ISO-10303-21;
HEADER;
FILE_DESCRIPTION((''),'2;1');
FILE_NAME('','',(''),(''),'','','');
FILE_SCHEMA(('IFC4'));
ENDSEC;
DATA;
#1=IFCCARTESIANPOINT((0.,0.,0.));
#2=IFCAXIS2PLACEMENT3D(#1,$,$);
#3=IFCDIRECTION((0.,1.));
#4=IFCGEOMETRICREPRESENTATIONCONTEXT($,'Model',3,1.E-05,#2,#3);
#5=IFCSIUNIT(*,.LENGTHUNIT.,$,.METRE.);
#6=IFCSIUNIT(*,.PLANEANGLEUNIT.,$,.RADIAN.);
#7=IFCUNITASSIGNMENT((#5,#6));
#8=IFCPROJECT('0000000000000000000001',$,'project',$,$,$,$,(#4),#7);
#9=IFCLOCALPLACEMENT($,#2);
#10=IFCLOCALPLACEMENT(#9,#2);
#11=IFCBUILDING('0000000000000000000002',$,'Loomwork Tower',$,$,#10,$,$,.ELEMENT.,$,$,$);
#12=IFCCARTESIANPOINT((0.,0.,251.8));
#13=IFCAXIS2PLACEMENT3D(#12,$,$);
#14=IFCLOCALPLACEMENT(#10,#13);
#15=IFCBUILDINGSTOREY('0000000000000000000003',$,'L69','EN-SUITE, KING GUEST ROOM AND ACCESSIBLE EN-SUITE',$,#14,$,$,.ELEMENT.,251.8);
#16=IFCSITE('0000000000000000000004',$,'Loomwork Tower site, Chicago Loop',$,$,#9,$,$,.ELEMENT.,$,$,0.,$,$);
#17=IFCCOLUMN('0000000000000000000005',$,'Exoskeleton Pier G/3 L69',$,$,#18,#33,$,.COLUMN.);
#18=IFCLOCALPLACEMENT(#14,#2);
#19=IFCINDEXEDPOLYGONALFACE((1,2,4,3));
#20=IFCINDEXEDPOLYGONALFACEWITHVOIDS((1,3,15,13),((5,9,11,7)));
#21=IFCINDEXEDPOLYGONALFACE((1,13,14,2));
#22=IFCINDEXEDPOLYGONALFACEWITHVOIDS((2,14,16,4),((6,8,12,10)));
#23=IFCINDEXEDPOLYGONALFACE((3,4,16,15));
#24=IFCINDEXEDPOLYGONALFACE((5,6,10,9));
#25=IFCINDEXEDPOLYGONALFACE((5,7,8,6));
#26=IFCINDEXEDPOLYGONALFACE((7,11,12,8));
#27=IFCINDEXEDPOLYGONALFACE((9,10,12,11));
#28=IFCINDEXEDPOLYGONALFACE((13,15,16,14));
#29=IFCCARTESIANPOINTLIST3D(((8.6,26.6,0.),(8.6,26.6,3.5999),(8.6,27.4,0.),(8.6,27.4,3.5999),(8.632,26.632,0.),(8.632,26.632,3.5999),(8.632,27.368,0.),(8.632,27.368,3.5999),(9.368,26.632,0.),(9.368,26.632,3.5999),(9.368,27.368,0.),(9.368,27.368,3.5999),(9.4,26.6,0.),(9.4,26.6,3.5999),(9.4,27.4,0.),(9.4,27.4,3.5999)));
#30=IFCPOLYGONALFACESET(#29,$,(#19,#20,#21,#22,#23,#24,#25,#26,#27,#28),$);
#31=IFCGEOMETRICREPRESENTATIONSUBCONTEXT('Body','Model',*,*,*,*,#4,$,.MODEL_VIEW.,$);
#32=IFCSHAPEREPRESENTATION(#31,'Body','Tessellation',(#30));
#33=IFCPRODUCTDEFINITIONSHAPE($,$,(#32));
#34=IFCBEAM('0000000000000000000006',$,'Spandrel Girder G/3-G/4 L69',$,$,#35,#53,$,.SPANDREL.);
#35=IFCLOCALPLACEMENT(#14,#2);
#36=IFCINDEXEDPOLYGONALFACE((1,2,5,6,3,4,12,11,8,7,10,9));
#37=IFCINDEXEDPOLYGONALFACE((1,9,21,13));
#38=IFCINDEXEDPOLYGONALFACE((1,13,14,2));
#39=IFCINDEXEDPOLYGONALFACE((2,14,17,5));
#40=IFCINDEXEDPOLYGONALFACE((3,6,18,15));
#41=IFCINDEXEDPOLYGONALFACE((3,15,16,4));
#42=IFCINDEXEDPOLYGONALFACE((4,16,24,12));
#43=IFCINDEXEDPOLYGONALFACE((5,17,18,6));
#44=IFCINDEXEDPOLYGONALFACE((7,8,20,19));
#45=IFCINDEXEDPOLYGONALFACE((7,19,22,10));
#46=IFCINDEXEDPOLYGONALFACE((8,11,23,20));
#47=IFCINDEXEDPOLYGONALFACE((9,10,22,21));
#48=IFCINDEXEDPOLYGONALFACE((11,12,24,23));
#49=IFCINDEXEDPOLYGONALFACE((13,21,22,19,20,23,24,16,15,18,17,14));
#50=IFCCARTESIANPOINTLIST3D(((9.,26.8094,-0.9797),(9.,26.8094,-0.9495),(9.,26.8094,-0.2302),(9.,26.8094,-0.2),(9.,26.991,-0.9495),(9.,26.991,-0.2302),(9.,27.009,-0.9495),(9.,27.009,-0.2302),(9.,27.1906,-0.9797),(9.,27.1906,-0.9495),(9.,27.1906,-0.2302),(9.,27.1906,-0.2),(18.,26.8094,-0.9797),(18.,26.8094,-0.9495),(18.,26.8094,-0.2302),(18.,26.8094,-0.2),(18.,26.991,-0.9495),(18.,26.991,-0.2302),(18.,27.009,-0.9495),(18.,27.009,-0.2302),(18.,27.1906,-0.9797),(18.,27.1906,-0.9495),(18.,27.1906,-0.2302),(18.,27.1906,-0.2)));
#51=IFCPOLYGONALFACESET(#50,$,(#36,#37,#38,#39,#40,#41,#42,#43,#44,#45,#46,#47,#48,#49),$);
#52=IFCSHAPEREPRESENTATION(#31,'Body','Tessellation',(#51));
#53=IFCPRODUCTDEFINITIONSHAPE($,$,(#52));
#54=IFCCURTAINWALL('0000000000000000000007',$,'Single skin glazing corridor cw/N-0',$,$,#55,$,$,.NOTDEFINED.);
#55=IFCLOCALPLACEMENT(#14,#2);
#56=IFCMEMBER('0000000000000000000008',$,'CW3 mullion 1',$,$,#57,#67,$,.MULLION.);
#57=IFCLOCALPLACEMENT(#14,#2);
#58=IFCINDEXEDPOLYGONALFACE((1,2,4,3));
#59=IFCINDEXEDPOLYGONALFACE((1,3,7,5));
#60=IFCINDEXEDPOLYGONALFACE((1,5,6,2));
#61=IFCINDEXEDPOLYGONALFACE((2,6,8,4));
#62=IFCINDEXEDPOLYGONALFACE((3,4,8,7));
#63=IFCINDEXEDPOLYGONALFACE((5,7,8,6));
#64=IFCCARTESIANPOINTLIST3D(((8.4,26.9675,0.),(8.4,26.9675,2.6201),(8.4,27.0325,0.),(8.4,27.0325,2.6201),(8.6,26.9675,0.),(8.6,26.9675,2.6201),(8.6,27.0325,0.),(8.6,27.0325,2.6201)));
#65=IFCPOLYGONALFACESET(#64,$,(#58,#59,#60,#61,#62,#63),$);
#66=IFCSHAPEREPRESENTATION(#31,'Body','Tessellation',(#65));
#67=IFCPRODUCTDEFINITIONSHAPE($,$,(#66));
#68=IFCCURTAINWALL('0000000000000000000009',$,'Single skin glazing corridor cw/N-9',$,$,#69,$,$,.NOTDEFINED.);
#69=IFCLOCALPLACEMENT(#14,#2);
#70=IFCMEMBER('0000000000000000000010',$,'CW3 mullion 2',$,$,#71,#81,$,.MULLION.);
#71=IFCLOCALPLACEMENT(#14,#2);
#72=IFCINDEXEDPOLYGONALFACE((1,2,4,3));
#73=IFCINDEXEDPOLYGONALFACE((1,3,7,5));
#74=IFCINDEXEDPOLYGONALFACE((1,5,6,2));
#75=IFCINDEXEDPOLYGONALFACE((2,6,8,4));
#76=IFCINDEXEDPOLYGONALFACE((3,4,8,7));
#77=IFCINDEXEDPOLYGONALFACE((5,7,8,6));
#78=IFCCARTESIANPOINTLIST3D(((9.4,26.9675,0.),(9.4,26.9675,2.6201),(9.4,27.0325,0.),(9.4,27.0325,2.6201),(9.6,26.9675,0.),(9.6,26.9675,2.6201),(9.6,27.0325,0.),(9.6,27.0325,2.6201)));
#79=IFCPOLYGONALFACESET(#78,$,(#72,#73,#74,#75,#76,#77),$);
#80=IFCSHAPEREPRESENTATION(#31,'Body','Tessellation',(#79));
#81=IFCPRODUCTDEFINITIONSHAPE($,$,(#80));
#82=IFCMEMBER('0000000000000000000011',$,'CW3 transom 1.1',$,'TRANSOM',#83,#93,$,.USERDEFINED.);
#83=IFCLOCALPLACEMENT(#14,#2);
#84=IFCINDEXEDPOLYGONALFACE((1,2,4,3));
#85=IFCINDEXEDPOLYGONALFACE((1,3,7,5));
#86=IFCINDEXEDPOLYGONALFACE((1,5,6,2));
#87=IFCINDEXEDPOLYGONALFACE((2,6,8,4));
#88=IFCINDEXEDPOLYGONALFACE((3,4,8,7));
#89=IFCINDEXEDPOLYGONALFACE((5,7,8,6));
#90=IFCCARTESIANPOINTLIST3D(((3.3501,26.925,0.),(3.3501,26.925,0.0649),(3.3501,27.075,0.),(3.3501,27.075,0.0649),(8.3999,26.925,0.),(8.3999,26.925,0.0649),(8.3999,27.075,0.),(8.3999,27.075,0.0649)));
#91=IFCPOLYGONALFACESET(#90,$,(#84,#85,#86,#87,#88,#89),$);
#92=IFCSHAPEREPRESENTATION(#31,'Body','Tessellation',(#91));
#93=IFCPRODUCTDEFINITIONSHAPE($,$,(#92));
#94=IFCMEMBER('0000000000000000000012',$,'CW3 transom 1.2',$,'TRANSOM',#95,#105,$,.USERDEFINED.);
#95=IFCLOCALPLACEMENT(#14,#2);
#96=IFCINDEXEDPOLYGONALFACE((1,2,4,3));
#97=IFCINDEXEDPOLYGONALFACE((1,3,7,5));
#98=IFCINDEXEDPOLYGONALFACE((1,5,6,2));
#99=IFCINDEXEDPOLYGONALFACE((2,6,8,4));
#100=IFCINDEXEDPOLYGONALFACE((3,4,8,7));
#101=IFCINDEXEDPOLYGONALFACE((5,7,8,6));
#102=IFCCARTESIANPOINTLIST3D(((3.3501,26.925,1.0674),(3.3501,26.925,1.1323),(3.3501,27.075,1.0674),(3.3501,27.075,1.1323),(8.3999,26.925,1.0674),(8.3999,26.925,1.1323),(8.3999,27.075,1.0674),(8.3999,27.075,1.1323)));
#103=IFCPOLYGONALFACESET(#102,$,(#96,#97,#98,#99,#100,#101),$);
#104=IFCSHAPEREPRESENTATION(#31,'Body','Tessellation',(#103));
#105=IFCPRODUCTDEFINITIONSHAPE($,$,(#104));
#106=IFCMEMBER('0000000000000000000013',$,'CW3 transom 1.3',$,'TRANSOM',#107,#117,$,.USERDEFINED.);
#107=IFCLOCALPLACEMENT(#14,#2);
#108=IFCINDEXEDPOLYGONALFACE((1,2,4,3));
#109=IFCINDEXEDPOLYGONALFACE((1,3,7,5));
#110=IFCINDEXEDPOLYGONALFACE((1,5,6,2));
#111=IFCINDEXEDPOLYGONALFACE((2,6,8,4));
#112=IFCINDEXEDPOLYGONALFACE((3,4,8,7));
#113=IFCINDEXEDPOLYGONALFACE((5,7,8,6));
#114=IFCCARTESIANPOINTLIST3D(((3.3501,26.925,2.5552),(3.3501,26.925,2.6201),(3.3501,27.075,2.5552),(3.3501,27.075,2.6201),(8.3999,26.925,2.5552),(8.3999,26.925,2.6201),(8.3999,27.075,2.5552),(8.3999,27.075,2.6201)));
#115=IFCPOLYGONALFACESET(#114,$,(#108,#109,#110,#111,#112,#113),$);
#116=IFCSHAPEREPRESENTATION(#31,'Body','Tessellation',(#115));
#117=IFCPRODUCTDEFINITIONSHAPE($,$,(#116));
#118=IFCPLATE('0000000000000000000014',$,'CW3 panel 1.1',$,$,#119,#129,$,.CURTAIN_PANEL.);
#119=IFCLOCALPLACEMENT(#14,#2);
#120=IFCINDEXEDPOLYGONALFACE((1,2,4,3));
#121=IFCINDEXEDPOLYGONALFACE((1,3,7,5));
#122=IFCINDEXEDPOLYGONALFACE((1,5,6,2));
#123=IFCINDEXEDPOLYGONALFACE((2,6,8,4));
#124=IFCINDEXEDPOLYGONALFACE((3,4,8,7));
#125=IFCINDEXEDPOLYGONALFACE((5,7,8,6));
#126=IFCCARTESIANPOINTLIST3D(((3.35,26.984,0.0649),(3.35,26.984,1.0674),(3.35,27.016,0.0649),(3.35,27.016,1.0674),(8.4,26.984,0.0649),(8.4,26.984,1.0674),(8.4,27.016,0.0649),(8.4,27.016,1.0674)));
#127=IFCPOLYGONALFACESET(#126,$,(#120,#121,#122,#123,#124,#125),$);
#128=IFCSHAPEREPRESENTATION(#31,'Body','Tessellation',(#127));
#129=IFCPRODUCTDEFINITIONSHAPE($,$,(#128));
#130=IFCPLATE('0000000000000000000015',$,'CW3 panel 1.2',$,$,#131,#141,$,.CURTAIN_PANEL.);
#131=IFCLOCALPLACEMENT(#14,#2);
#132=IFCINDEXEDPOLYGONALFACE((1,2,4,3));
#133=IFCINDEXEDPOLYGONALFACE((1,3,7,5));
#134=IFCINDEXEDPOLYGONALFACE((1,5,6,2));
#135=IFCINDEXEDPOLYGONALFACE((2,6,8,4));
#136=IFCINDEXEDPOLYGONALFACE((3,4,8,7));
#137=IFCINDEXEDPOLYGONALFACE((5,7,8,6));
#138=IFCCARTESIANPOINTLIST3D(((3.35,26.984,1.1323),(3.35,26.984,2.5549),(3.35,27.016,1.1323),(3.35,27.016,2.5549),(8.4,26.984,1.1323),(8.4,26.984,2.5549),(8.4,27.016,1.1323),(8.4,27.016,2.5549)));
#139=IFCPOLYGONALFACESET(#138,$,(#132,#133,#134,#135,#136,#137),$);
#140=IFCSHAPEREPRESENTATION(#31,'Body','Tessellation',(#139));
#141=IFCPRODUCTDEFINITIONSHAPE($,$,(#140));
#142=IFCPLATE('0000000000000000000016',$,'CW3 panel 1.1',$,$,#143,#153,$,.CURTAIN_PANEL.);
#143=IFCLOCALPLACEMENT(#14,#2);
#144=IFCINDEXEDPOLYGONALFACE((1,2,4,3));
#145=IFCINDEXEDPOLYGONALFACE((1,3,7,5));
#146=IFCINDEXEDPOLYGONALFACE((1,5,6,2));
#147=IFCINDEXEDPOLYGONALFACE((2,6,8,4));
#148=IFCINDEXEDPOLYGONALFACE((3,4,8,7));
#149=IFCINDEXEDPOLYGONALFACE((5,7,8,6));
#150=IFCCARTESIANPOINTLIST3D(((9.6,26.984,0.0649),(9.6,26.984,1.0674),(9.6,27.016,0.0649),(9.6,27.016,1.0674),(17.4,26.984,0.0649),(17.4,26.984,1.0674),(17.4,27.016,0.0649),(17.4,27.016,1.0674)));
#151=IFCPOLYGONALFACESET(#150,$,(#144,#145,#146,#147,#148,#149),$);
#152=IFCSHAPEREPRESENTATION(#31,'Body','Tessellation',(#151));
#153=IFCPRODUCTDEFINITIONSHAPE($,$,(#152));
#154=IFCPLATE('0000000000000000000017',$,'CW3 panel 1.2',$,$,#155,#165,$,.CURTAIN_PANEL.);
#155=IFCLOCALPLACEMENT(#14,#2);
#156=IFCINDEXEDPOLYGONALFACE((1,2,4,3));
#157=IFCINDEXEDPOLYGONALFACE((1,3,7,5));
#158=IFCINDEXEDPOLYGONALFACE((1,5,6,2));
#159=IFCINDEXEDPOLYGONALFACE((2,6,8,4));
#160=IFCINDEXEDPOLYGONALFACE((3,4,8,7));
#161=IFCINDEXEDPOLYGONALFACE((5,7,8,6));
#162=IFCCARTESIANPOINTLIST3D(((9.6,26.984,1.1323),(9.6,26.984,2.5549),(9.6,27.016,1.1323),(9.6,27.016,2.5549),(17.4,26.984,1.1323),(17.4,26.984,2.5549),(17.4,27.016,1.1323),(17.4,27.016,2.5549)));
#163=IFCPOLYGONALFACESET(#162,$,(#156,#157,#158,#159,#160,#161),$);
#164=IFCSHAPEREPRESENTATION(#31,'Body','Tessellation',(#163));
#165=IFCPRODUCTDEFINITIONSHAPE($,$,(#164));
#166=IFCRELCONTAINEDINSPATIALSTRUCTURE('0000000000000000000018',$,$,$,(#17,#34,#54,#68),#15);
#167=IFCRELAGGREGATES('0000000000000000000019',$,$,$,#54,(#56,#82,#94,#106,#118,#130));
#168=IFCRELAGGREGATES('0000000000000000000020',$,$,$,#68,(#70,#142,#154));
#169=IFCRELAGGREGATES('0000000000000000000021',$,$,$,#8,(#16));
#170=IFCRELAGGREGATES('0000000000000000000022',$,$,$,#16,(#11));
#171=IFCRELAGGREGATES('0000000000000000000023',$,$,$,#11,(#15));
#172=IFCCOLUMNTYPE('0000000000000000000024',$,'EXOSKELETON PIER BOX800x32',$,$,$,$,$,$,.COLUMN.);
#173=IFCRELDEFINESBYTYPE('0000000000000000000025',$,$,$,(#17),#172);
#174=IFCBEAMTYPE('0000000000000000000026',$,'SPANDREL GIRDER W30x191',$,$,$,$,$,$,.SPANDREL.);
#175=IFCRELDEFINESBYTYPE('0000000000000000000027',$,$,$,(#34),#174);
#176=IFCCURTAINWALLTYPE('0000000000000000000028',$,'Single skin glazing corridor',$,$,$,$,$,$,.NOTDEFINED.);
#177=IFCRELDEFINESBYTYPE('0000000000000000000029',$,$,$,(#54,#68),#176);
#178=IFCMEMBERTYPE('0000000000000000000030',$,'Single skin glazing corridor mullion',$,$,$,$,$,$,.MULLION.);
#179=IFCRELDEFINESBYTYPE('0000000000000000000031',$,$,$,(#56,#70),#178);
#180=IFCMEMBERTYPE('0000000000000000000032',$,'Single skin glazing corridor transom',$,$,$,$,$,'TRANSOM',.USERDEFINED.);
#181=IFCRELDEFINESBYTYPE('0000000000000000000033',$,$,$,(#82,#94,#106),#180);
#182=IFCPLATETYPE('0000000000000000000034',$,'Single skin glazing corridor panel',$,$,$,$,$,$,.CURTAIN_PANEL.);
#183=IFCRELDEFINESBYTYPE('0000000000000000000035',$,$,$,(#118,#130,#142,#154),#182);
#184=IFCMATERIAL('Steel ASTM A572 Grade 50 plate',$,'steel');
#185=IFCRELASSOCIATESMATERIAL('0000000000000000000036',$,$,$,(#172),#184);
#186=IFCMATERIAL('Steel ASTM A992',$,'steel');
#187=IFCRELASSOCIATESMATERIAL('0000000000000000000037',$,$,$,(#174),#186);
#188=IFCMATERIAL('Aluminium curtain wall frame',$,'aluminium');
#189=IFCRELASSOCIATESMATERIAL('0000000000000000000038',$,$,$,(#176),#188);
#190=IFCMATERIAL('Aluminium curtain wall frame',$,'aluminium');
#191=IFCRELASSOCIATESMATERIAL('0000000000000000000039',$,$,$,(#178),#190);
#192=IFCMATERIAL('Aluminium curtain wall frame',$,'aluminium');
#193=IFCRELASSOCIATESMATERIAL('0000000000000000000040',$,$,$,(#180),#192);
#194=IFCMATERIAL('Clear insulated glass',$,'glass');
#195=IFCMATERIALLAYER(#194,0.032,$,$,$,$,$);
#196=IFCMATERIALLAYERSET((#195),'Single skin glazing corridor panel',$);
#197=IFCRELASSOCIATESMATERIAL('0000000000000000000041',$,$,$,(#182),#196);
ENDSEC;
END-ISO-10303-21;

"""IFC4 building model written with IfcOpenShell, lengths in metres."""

from ifc_helpers import new_model, si_unit, direction, frame, origin, origin_2d, place, context, subcontext, project, spatial, rectangle, hollow_rectangle, i_section, extrude, material, layer, layer_set, material_profile, profile_set, type_object, element, aggregate, save


model = new_model("IFC4")

# Units and contexts
model_context = context("Model", 3, precision=1e-05, world=origin(), true_north=direction((0.0, 1.0)))
body_context = subcontext(model_context, "Body", "Model", "MODEL_VIEW")
ifc_project = project(units=[si_unit("LENGTHUNIT", "METRE"), si_unit("PLANEANGLEUNIT", "RADIAN")], contexts=[model_context])

# Site, building, storey
site_placement = place(None, origin())
site = spatial("IfcSite", under=ifc_project, at=site_placement, Name="Loomwork Tower site, Chicago Loop", CompositionType="ELEMENT", RefElevation=0.0)
building_placement = place(site_placement, origin())
building = spatial("IfcBuilding", under=site, at=building_placement, Name="Loomwork Tower", CompositionType="ELEMENT")
storey_placement = place(building_placement, frame((0.0, 0.0, 251.8)))
storey = spatial("IfcBuildingStorey", under=building, at=storey_placement, Name="L69", Description="EN-SUITE, KING GUEST ROOM AND ACCESSIBLE EN-SUITE", CompositionType="ELEMENT", Elevation=251.8)

# Column
ifc_material_1 = material(Name="Steel ASTM A572 Grade 50 plate", Category="steel")
ifc_material_profile_1 = material_profile(ifc_material_1, hollow_rectangle(XDim=0.8, YDim=0.8, WallThickness=0.032, at=origin_2d()), Name="BOX800x32")
ifc_profile_set_1 = profile_set([ifc_material_profile_1], Name="Steel ASTM A572 Grade 50 plate")
column_type = type_object("IfcColumnType", Name="EXOSKELETON PIER BOX800x32", PredefinedType="COLUMN", material=ifc_profile_set_1)
column_placement = place(storey_placement, frame((9.0, 27.0, 0.0), z_axis=(0.0, 0.0, 1.0), x_axis=(1.0, 0.0, 0.0)))
element("IfcColumn", 1, at=column_placement, inside=storey, type_object=column_type, Name="Exoskeleton Pier G/3 L69", PredefinedType="COLUMN", context=body_context, shape_type="SweptSolid", body=[
    extrude(hollow_rectangle(XDim=0.8, YDim=0.8, WallThickness=0.032, at=origin_2d()), origin(), (0.0, 0.0, 1.0), 3.5999),
])

# Beam
ifc_material_2 = material(Name="Steel ASTM A992", Category="steel")
ifc_material_profile_2 = material_profile(ifc_material_2, i_section(OverallWidth=0.3811, OverallDepth=0.7798, WebThickness=0.0181, FlangeThickness=0.0303, at=origin_2d()), Name="W30x191")
ifc_profile_set_2 = profile_set([ifc_material_profile_2], Name="Steel ASTM A992")
beam_type = type_object("IfcBeamType", Name="SPANDREL GIRDER W30x191", PredefinedType="SPANDREL", material=ifc_profile_set_2)
beam_placement = place(storey_placement, frame((9.0, 27.0, -0.5898), z_axis=(1.0, 0.0, 0.0), x_axis=(0.0, 1.0, 0.0)))
element("IfcBeam", 2, at=beam_placement, inside=storey, type_object=beam_type, Name="Spandrel Girder G/3-G/4 L69", PredefinedType="SPANDREL", context=body_context, shape_type="SweptSolid", body=[
    extrude(i_section(OverallWidth=0.3811, OverallDepth=0.7798, WebThickness=0.0181, FlangeThickness=0.0303, at=origin_2d()), origin(), (0.0, 0.0, 1.0), 9.0),
])

# Curtain walls, members
ifc_material_3 = material(Name="Aluminium curtain wall frame", Category="aluminium")
curtain_wall_type = type_object("IfcCurtainWallType", Name="Single skin glazing corridor", PredefinedType="NOTDEFINED", material=ifc_material_3)
curtain_wall_1_placement = place(storey_placement, origin())
curtain_wall_1 = element("IfcCurtainWall", 3, at=curtain_wall_1_placement, inside=storey, type_object=curtain_wall_type, Name="Single skin glazing corridor cw/N-0", PredefinedType="NOTDEFINED")
ifc_material_4 = material(Name="Aluminium curtain wall frame", Category="aluminium")
ifc_material_profile_3 = material_profile(ifc_material_4, rectangle(XDim=0.0649, YDim=0.2, at=origin_2d()), Name="AL 65x200")
ifc_profile_set_3 = profile_set([ifc_material_profile_3], Name="Aluminium curtain wall frame")
member_type_1 = type_object("IfcMemberType", Name="Single skin glazing corridor mullion", PredefinedType="MULLION", material=ifc_profile_set_3)
member_1_placement = place(storey_placement, frame((8.5, 27.0, 0.0), z_axis=(0.0, 0.0, 1.0), x_axis=(0.0, -1.0, 0.0)))
member_1 = element("IfcMember", 4, at=member_1_placement, type_object=member_type_1, Name="CW3 mullion 1", PredefinedType="MULLION", context=body_context, shape_type="SweptSolid", body=[
    extrude(rectangle(XDim=0.0649, YDim=0.2, at=origin_2d()), origin(), (0.0, 0.0, 1.0), 2.6201),
])
curtain_wall_2_placement = place(storey_placement, origin())
curtain_wall_2 = element("IfcCurtainWall", 5, at=curtain_wall_2_placement, inside=storey, type_object=curtain_wall_type, Name="Single skin glazing corridor cw/N-9", PredefinedType="NOTDEFINED")
member_2_placement = place(storey_placement, frame((9.5, 27.0, 0.0), z_axis=(0.0, 0.0, 1.0), x_axis=(0.0, -1.0, 0.0)))
member_2 = element("IfcMember", 6, at=member_2_placement, type_object=member_type_1, Name="CW3 mullion 2", PredefinedType="MULLION", context=body_context, shape_type="SweptSolid", body=[
    extrude(rectangle(XDim=0.0649, YDim=0.2, at=origin_2d()), origin(), (0.0, 0.0, 1.0), 2.6201),
])

# Members
ifc_material_5 = material(Name="Aluminium curtain wall frame", Category="aluminium")
ifc_material_profile_4 = material_profile(ifc_material_5, rectangle(XDim=0.1499, YDim=0.0649, at=origin_2d()), Name="AL 65x150")
ifc_profile_set_4 = profile_set([ifc_material_profile_4], Name="Aluminium curtain wall frame")
member_type_2 = type_object("IfcMemberType", Name="Single skin glazing corridor transom", ElementType="TRANSOM", PredefinedType="USERDEFINED", material=ifc_profile_set_4)
member_3_placement = place(storey_placement, frame((8.3999, 27.0, 0.0325), z_axis=(-1.0, 0.0, 0.0), x_axis=(0.0, -1.0, 0.0)))
member_3 = element("IfcMember", 7, at=member_3_placement, type_object=member_type_2, Name="CW3 transom 1.1", ObjectType="TRANSOM", PredefinedType="USERDEFINED", context=body_context, shape_type="SweptSolid", body=[
    extrude(rectangle(XDim=0.1499, YDim=0.0649, at=origin_2d()), origin(), (0.0, 0.0, 1.0), 5.0498),
])
member_4_placement = place(storey_placement, frame((8.3999, 27.0, 1.0999), z_axis=(-1.0, 0.0, 0.0), x_axis=(0.0, -1.0, 0.0)))
member_4 = element("IfcMember", 8, at=member_4_placement, type_object=member_type_2, Name="CW3 transom 1.2", ObjectType="TRANSOM", PredefinedType="USERDEFINED", context=body_context, shape_type="SweptSolid", body=[
    extrude(rectangle(XDim=0.1499, YDim=0.0649, at=origin_2d()), origin(), (0.0, 0.0, 1.0), 5.0498),
])
member_5_placement = place(storey_placement, frame((8.3999, 27.0, 2.5876), z_axis=(-1.0, 0.0, 0.0), x_axis=(0.0, -1.0, 0.0)))
member_5 = element("IfcMember", 9, at=member_5_placement, type_object=member_type_2, Name="CW3 transom 1.3", ObjectType="TRANSOM", PredefinedType="USERDEFINED", context=body_context, shape_type="SweptSolid", body=[
    extrude(rectangle(XDim=0.1499, YDim=0.0649, at=origin_2d()), origin(), (0.0, 0.0, 1.0), 5.0498),
])

# Plates
ifc_material_6 = material(Name="Clear insulated glass", Category="glass")
ifc_layer_1 = layer(ifc_material_6, 0.032)
ifc_layer_set_1 = layer_set([ifc_layer_1], Name="Single skin glazing corridor panel")
plate_type = type_object("IfcPlateType", Name="Single skin glazing corridor panel", PredefinedType="CURTAIN_PANEL", material=ifc_layer_set_1)
plate_1_placement = place(storey_placement, frame((5.875, 27.0, 0.0649), z_axis=(0.0, 0.0, 1.0), x_axis=(-1.0, 0.0, 0.0)))
plate_1 = element("IfcPlate", 10, at=plate_1_placement, type_object=plate_type, Name="CW3 panel 1.1", PredefinedType="CURTAIN_PANEL", context=body_context, shape_type="SweptSolid", body=[
    extrude(rectangle(XDim=5.05, YDim=0.032, at=origin_2d()), origin(), (0.0, 0.0, 1.0), 1.0024),
])
plate_2_placement = place(storey_placement, frame((5.875, 27.0, 1.1323), z_axis=(0.0, 0.0, 1.0), x_axis=(-1.0, 0.0, 0.0)))
plate_2 = element("IfcPlate", 11, at=plate_2_placement, type_object=plate_type, Name="CW3 panel 1.2", PredefinedType="CURTAIN_PANEL", context=body_context, shape_type="SweptSolid", body=[
    extrude(rectangle(XDim=5.05, YDim=0.032, at=origin_2d()), origin(), (0.0, 0.0, 1.0), 1.4226),
])
aggregate(curtain_wall_1, [member_1, member_3, member_4, member_5, plate_1, plate_2])
plate_3_placement = place(storey_placement, frame((13.5, 27.0, 0.0649), z_axis=(0.0, 0.0, 1.0), x_axis=(-1.0, 0.0, 0.0)))
plate_3 = element("IfcPlate", 12, at=plate_3_placement, type_object=plate_type, Name="CW3 panel 1.1", PredefinedType="CURTAIN_PANEL", context=body_context, shape_type="SweptSolid", body=[
    extrude(rectangle(XDim=7.8, YDim=0.032, at=origin_2d()), origin(), (0.0, 0.0, 1.0), 1.0024),
])
plate_4_placement = place(storey_placement, frame((13.5, 27.0, 1.1323), z_axis=(0.0, 0.0, 1.0), x_axis=(-1.0, 0.0, 0.0)))
plate_4 = element("IfcPlate", 13, at=plate_4_placement, type_object=plate_type, Name="CW3 panel 1.2", PredefinedType="CURTAIN_PANEL", context=body_context, shape_type="SweptSolid", body=[
    extrude(rectangle(XDim=7.8, YDim=0.032, at=origin_2d()), origin(), (0.0, 0.0, 1.0), 1.4226),
])
aggregate(curtain_wall_2, [member_2, plate_3, plate_4])

save(model, "model.ifc")
